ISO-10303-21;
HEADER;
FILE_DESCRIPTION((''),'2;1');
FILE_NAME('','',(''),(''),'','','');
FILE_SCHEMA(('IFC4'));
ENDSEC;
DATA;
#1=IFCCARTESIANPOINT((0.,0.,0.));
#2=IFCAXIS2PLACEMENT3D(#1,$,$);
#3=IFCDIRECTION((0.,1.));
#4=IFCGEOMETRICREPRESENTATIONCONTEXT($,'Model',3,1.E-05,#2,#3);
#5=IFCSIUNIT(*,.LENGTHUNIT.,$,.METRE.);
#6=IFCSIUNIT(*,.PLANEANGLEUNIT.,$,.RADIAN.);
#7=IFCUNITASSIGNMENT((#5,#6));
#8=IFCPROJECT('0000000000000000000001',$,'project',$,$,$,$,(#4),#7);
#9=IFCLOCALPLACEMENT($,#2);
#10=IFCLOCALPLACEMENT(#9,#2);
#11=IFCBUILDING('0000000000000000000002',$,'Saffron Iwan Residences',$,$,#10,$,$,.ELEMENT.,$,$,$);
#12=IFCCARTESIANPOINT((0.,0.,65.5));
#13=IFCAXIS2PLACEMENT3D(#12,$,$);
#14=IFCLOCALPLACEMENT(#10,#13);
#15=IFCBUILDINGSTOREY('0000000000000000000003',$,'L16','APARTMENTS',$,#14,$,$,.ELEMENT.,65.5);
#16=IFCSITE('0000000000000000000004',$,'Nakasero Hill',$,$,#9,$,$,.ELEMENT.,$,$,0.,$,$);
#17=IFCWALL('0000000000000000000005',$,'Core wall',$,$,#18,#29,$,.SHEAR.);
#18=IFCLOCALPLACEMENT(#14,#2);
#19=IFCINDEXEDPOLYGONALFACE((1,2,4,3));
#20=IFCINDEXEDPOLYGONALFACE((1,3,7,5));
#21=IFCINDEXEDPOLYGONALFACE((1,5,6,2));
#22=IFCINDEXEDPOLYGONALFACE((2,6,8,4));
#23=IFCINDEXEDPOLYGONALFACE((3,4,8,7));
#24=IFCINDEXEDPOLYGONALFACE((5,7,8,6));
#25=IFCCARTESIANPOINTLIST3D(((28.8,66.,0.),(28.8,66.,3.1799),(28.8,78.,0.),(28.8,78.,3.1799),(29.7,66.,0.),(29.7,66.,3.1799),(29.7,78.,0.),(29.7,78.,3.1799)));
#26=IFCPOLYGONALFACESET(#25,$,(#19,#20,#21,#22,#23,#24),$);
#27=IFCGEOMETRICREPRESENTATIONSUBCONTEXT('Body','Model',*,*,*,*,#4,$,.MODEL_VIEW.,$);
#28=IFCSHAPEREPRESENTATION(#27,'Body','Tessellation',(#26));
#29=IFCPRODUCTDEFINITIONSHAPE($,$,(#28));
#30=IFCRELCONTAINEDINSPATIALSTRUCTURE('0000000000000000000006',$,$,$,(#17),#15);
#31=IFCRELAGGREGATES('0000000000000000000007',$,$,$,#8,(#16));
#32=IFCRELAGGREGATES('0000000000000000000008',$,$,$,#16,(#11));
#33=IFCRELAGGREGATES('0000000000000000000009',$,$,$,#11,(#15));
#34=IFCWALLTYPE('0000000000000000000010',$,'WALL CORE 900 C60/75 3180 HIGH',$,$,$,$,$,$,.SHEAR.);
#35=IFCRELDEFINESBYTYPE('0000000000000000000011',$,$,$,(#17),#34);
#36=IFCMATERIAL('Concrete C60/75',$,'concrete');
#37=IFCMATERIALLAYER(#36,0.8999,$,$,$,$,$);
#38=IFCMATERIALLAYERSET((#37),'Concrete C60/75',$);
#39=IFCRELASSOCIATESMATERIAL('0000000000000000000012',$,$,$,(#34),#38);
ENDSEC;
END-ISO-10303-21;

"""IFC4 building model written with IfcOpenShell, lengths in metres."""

from ifc_helpers import new_model, si_unit, direction, frame, frame_2d, origin, place, context, subcontext, project, spatial, rectangle, extrude, material, layer, layer_set, type_object, element, save


model = new_model("IFC4")

# Units and contexts
model_context = context("Model", 3, precision=1e-05, world=origin(), true_north=direction((0.0, 1.0)))
body_context = subcontext(model_context, "Body", "Model", "MODEL_VIEW")
ifc_project = project(units=[si_unit("LENGTHUNIT", "METRE"), si_unit("PLANEANGLEUNIT", "RADIAN")], contexts=[model_context])

# Site, building, storey
site_placement = place(None, origin())
site = spatial("IfcSite", under=ifc_project, at=site_placement, Name="Nakasero Hill", CompositionType="ELEMENT", RefElevation=0.0)
building_placement = place(site_placement, origin())
building = spatial("IfcBuilding", under=site, at=building_placement, Name="Saffron Iwan Residences", CompositionType="ELEMENT")
storey_placement = place(building_placement, frame((0.0, 0.0, 65.5)))
storey = spatial("IfcBuildingStorey", under=building, at=storey_placement, Name="L16", Description="APARTMENTS", CompositionType="ELEMENT", Elevation=65.5)

# Shared definitions
ifc_material_1 = material(Name="Concrete C60/75", Category="concrete")

# Wall
ifc_layer_1 = layer(ifc_material_1, 0.8999)
ifc_layer_set_1 = layer_set([ifc_layer_1], Name="Concrete C60/75")
wall_type_1 = type_object("IfcWallType", Name="WALL CORE 900 C60/75 3180 HIGH", PredefinedType="SHEAR", material=ifc_layer_set_1)
wall_1_placement = place(storey_placement, frame((29.25, 66.0, 0.0), z_axis=(0.0, 0.0, 1.0), x_axis=(0.0, 1.0, 0.0)))
element("IfcWall", 1, at=wall_1_placement, inside=storey, type_object=wall_type_1, Name="Core wall", PredefinedType="SHEAR", context=body_context, shape_type="SweptSolid", body=[
    extrude(rectangle(XDim=12.0, YDim=0.8999, at=frame_2d((6.0, 0.0))), origin(), (0.0, 0.0, 1.0), 3.1799),
])

save(model, "model.ifc")
